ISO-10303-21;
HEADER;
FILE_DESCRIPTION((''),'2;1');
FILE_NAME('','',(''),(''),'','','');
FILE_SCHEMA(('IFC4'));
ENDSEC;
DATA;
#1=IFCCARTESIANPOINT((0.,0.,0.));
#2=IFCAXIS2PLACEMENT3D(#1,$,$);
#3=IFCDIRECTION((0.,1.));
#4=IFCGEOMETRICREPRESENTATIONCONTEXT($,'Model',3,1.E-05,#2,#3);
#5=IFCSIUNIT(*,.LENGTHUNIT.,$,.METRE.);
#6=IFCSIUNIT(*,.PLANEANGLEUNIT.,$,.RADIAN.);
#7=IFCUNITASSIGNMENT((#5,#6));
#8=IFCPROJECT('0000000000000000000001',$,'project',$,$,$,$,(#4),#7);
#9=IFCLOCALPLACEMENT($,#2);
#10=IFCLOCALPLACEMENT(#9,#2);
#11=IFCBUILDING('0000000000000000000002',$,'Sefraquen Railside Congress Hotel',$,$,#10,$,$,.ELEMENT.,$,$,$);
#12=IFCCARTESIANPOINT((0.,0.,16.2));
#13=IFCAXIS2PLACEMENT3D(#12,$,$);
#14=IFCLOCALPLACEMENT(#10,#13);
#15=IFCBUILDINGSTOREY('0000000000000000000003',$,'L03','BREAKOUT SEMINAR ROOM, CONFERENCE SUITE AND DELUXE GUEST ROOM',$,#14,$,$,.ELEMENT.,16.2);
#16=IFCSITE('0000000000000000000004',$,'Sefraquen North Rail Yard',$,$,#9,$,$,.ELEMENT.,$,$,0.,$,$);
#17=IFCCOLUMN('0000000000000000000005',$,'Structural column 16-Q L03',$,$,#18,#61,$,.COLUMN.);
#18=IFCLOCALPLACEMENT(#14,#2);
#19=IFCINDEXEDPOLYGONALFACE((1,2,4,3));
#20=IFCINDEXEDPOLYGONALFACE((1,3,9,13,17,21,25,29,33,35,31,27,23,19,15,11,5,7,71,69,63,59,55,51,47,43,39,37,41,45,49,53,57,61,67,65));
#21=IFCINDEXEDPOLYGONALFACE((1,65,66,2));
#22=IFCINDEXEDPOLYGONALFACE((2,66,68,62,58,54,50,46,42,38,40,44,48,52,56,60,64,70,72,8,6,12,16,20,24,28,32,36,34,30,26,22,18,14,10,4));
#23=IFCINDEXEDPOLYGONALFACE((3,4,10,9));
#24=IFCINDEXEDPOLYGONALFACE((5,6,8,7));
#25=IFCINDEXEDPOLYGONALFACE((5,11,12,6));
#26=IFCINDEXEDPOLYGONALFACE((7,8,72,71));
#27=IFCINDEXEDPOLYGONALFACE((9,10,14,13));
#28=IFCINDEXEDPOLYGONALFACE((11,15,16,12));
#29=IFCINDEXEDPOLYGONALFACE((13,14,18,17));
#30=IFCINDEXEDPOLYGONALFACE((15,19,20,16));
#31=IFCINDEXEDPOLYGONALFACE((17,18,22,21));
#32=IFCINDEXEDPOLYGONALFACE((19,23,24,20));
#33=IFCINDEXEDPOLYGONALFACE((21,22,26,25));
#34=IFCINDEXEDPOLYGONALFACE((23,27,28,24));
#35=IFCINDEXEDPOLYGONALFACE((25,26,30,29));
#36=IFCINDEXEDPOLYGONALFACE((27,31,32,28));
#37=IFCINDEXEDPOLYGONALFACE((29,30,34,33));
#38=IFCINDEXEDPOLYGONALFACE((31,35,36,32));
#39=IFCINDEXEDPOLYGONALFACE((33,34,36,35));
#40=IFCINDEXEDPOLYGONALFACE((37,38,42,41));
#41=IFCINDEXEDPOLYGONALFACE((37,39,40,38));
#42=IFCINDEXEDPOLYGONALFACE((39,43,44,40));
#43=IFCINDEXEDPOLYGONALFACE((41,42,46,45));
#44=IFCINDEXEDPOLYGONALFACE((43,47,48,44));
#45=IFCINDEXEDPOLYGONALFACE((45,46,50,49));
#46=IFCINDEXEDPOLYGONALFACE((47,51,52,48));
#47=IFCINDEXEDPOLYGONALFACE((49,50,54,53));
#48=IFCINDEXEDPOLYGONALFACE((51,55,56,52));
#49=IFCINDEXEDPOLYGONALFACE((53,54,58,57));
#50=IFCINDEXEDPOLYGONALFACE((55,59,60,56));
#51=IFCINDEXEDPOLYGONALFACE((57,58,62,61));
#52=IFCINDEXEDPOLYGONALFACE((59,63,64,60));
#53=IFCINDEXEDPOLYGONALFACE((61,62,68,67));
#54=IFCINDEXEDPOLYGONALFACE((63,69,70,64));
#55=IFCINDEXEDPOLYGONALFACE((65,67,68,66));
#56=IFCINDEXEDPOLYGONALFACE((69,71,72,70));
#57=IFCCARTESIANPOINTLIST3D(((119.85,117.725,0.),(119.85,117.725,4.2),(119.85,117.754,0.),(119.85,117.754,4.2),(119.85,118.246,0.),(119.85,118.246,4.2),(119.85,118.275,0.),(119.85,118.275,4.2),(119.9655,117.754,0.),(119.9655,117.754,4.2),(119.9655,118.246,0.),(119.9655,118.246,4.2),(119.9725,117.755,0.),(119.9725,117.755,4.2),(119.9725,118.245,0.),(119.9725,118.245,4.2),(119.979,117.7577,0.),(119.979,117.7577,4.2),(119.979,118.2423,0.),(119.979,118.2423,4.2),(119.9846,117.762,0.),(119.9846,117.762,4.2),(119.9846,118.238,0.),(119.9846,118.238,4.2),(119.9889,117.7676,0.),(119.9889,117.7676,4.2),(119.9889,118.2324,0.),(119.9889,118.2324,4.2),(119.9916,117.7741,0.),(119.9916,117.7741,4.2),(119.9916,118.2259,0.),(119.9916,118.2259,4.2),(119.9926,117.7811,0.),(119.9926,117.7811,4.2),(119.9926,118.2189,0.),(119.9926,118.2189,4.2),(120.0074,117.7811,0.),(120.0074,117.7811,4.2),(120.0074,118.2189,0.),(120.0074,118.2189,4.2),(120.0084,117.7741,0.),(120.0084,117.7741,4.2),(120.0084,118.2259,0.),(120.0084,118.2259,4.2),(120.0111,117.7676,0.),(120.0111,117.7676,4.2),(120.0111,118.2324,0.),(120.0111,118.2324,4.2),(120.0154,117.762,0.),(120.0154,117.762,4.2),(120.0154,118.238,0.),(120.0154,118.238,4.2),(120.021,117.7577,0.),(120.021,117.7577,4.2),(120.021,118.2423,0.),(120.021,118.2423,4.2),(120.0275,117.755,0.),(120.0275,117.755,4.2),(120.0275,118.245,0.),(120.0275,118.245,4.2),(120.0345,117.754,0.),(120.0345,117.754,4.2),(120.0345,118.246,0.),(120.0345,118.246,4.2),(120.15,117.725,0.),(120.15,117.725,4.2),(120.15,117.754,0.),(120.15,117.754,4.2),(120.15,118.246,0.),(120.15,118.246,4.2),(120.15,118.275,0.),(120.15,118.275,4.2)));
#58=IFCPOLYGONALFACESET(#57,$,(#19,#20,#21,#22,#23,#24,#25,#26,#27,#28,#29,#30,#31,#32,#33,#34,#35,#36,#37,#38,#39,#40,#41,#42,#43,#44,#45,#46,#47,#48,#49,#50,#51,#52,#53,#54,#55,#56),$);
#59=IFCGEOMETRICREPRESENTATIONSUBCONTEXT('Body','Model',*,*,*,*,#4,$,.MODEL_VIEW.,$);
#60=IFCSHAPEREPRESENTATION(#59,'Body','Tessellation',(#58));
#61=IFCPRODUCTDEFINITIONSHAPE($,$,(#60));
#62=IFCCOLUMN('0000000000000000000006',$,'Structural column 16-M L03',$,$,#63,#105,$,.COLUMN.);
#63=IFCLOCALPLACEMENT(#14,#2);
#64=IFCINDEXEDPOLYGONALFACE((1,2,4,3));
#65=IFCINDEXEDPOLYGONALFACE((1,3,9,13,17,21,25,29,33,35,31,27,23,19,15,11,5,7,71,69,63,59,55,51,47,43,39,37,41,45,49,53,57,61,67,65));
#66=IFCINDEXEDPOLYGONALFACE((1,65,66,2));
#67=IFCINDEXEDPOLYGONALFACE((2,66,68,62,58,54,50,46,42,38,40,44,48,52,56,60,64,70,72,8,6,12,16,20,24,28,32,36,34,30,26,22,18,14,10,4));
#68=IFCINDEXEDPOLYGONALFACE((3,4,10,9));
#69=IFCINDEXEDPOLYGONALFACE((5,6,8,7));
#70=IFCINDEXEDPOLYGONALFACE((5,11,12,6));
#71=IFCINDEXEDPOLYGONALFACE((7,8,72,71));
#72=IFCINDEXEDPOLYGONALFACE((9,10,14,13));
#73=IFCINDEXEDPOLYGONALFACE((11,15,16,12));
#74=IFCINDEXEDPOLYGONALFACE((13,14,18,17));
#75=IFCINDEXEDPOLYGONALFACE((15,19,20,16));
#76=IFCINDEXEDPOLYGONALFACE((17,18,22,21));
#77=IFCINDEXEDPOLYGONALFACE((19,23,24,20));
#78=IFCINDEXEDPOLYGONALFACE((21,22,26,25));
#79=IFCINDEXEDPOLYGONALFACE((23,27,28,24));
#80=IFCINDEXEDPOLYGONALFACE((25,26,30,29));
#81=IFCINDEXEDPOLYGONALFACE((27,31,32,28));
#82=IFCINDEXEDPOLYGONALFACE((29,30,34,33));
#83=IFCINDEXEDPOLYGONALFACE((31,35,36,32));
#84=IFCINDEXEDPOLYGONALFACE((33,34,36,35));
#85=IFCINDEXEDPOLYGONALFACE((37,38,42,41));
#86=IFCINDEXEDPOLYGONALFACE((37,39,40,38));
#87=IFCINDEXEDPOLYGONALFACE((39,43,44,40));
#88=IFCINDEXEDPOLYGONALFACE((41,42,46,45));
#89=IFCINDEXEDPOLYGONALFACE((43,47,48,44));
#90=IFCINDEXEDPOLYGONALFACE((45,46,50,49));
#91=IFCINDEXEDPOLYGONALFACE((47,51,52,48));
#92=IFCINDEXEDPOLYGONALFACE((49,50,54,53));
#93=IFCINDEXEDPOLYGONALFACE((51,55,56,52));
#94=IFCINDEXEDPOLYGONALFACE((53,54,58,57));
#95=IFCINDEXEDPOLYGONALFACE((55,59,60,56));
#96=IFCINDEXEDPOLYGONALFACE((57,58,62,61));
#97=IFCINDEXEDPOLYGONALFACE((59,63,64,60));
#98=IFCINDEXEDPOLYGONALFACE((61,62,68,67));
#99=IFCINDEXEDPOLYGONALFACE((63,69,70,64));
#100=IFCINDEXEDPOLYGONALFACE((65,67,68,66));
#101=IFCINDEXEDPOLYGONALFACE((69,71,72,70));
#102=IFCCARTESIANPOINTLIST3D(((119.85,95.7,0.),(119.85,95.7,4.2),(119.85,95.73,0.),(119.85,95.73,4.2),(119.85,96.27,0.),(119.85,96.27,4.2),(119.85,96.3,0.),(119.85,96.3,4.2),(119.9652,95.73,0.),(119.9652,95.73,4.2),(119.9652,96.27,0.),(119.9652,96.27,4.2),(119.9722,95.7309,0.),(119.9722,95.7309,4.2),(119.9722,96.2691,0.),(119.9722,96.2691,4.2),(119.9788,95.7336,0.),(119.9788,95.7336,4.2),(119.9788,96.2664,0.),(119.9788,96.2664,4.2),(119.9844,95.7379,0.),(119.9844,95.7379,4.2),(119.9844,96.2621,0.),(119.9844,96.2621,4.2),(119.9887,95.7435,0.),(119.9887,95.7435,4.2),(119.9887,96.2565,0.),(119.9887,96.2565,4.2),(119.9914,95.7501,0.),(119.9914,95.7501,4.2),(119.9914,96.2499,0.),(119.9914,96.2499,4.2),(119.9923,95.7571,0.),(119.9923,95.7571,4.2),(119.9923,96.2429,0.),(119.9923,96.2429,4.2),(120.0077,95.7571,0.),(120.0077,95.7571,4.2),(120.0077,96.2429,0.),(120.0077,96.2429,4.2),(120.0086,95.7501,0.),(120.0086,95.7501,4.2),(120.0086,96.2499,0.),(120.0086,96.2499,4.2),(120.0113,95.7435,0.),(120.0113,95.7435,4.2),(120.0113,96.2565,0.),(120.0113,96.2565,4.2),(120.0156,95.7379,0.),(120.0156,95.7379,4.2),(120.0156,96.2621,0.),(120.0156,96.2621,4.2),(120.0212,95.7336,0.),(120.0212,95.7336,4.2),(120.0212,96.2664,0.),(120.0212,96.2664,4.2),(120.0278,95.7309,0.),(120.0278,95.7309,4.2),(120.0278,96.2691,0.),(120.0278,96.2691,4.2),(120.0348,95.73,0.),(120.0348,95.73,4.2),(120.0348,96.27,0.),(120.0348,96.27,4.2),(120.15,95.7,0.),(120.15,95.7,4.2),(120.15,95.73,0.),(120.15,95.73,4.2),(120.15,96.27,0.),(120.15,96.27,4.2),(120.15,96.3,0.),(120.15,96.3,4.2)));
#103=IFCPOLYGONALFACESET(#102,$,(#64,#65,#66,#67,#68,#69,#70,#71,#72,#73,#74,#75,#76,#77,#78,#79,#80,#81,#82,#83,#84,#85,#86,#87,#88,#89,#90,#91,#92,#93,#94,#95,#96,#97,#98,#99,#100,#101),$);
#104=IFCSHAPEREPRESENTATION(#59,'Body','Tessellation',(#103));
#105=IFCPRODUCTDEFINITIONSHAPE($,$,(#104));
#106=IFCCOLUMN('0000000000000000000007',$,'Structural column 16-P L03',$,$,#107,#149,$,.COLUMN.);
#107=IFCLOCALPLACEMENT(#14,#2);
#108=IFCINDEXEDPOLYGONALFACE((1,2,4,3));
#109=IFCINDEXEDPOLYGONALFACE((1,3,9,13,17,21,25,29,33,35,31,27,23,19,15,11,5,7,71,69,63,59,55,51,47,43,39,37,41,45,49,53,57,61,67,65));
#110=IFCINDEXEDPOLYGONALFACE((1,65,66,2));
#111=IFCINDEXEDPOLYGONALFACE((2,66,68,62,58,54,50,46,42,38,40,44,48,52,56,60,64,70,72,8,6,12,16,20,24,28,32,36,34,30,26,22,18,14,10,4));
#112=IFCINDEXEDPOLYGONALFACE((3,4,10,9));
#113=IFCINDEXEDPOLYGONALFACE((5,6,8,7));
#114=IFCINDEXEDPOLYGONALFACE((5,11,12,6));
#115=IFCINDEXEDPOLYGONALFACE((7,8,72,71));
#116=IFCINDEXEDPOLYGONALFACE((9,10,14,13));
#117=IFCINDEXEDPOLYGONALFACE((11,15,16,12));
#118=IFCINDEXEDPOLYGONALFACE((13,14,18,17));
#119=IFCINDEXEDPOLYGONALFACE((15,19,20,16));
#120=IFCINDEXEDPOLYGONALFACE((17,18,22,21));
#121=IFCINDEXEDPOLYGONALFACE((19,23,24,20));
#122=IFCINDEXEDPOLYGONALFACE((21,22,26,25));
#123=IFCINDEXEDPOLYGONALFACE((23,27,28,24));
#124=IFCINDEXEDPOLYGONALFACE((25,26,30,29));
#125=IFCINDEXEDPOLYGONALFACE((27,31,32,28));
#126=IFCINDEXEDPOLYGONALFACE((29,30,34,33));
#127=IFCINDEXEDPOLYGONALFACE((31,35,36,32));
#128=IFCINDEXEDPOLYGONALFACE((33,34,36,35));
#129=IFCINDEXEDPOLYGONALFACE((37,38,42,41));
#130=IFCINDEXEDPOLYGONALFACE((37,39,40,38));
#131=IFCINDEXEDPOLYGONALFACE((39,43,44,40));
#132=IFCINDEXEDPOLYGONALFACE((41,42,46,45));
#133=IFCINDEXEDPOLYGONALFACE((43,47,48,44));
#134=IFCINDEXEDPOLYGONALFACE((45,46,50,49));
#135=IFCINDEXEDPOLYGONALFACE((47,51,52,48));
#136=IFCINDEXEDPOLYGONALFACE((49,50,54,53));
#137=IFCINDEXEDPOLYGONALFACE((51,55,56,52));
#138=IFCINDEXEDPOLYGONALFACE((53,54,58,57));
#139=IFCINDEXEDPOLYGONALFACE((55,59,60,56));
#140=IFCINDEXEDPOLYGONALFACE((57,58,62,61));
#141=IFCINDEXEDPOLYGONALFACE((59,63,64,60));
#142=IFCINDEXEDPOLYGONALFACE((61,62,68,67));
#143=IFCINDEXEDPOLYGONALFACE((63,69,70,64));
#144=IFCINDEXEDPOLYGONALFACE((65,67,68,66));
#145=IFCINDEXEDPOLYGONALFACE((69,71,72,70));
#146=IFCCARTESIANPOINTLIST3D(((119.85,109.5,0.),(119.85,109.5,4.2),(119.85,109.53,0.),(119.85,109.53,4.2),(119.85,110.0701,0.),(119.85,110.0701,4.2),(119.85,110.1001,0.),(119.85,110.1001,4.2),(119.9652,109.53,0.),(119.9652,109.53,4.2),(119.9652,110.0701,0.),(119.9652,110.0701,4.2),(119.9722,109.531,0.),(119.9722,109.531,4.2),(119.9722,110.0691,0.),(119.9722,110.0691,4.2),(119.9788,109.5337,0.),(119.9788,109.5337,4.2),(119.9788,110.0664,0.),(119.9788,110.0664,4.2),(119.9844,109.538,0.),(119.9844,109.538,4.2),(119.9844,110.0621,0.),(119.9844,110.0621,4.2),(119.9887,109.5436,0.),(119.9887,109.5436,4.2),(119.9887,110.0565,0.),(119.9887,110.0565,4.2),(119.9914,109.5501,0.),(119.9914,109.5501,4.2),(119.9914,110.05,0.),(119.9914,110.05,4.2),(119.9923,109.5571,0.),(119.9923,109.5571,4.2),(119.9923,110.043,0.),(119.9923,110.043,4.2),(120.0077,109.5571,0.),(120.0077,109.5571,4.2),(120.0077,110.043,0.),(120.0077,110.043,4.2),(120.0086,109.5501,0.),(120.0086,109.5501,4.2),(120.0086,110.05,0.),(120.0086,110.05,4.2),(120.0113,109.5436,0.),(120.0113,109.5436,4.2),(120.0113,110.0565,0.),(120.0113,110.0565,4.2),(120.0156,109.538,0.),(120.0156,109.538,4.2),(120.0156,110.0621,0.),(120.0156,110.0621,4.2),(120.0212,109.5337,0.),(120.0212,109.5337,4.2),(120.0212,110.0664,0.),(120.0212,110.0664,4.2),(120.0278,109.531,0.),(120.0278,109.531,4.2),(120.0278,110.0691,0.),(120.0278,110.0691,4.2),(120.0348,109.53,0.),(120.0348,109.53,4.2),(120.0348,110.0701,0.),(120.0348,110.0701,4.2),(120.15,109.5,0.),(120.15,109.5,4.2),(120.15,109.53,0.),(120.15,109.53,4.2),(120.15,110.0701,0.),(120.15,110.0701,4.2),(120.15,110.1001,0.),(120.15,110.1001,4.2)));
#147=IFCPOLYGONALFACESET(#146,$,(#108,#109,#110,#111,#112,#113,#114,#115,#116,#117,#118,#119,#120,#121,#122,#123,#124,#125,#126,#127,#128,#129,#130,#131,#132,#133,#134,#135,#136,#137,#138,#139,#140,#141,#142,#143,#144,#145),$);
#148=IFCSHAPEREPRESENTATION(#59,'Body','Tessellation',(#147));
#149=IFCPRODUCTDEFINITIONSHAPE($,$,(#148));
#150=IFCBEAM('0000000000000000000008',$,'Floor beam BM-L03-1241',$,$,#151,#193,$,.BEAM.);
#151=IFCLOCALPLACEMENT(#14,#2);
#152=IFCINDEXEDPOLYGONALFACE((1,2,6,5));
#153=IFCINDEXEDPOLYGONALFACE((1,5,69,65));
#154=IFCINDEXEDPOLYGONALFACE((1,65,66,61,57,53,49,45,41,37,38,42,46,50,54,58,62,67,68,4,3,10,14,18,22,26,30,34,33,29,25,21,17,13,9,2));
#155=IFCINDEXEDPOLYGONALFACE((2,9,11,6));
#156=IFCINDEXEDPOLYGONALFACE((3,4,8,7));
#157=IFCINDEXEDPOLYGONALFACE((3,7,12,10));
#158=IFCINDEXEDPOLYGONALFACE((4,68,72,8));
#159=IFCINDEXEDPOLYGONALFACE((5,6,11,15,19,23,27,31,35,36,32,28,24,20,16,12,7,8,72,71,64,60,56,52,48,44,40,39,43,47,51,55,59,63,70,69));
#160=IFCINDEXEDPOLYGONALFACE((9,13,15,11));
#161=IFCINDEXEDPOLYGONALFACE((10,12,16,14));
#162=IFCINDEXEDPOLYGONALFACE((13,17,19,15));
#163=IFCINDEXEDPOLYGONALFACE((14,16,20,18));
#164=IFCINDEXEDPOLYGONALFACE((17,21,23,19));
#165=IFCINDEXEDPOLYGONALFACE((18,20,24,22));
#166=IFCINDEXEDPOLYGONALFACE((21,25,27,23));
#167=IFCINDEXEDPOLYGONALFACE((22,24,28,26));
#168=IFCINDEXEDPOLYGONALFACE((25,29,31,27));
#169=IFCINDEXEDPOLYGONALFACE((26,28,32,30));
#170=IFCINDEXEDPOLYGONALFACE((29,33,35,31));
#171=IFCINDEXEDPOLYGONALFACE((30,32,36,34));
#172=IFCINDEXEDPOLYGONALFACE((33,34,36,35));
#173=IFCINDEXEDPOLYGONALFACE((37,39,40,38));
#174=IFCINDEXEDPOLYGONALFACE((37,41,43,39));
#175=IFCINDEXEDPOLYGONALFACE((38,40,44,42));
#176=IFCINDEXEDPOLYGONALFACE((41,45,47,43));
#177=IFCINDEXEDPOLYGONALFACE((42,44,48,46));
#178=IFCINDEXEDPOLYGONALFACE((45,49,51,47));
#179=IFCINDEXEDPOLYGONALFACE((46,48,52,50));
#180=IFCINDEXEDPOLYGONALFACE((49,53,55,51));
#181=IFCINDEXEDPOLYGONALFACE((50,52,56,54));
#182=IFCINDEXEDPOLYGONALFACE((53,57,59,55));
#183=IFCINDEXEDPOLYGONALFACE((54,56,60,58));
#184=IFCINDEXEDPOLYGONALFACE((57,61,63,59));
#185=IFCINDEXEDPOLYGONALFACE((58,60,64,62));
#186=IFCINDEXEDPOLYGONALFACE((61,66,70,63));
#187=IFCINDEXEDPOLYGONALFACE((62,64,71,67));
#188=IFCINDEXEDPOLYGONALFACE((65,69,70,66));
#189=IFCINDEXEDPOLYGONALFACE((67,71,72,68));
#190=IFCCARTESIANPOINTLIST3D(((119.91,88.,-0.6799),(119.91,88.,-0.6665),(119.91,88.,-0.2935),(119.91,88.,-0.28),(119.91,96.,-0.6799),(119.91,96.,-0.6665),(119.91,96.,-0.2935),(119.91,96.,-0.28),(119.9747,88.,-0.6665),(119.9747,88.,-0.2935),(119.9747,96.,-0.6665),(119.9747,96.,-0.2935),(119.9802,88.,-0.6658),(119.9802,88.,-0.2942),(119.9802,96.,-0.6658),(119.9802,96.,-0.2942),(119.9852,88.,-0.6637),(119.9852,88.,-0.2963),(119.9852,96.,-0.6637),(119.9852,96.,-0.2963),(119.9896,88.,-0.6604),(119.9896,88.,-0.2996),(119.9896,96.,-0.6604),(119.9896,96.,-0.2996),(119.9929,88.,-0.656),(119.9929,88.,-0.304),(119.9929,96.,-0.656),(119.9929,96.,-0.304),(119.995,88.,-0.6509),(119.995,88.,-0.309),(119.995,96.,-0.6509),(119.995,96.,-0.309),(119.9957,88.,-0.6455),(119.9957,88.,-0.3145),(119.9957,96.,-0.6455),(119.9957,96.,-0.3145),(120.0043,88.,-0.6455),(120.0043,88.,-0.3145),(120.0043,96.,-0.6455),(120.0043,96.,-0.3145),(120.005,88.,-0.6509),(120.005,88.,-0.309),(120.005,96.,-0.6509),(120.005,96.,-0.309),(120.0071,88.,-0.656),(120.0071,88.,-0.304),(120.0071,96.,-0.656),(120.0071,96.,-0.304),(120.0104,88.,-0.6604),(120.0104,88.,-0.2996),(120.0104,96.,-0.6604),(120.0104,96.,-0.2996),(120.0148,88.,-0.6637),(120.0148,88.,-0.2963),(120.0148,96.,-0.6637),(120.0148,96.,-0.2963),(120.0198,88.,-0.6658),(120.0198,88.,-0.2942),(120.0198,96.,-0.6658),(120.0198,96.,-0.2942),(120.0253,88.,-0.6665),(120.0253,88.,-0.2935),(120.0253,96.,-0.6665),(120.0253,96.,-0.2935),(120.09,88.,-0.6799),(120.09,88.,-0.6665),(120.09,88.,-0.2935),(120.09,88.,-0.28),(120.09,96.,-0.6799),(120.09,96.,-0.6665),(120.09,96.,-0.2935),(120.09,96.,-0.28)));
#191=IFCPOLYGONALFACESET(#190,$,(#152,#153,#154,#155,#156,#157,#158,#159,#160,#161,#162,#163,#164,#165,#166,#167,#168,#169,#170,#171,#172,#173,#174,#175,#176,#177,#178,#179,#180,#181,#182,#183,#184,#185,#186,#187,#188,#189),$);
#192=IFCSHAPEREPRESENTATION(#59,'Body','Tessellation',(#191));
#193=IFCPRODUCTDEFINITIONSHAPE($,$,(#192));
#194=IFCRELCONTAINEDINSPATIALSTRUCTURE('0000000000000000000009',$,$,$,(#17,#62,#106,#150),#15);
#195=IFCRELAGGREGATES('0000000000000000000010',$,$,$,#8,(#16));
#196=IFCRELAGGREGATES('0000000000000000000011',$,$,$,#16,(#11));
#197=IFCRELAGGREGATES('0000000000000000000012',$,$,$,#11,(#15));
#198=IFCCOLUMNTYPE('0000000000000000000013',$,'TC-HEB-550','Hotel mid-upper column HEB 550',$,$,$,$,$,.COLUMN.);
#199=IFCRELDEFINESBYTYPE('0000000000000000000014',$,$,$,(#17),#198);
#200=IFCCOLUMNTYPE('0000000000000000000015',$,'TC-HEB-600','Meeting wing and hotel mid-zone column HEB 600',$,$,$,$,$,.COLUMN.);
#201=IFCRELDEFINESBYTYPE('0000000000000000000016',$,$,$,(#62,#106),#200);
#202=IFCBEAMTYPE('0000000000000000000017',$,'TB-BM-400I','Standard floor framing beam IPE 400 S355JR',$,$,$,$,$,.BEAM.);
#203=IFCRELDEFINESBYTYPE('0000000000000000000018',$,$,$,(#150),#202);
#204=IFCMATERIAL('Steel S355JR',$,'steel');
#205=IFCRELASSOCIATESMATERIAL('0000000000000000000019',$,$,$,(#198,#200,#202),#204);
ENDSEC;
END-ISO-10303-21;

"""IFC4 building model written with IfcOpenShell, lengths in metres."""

from ifc_helpers import new_model, si_unit, direction, frame, origin, origin_2d, place, context, subcontext, project, spatial, i_section, extrude, material, material_profile, profile_set, type_object, element, save


model = new_model("IFC4")

# Units and contexts
model_context = context("Model", 3, precision=1e-05, world=origin(), true_north=direction((0.0, 1.0)))
body_context = subcontext(model_context, "Body", "Model", "MODEL_VIEW")
ifc_project = project(units=[si_unit("LENGTHUNIT", "METRE"), si_unit("PLANEANGLEUNIT", "RADIAN")], contexts=[model_context])

# Site, building, storey
site_placement = place(None, origin())
site = spatial("IfcSite", under=ifc_project, at=site_placement, Name="Sefraquen North Rail Yard", CompositionType="ELEMENT", RefElevation=0.0)
building_placement = place(site_placement, origin())
building = spatial("IfcBuilding", under=site, at=building_placement, Name="Sefraquen Railside Congress Hotel", CompositionType="ELEMENT")
storey_placement = place(building_placement, frame((0.0, 0.0, 16.2)))
storey = spatial("IfcBuildingStorey", under=building, at=storey_placement, Name="L03", Description="BREAKOUT SEMINAR ROOM, CONFERENCE SUITE AND DELUXE GUEST ROOM", CompositionType="ELEMENT", Elevation=16.2)

# Columns
ifc_material_1 = material(Name="Steel S355JR", Category="steel")
ifc_material_profile_1 = material_profile(ifc_material_1, i_section(OverallWidth=0.3, OverallDepth=0.55, WebThickness=0.0149, FlangeThickness=0.0291, FilletRadius=0.0271, at=origin_2d()), Name="HEB 550")
ifc_profile_set_1 = profile_set([ifc_material_profile_1], Name="Steel S355JR")
column_type_1 = type_object("IfcColumnType", Name="TC-HEB-550", Description="Hotel mid-upper column HEB 550", PredefinedType="COLUMN", material=ifc_profile_set_1)
for number, where, z_axis, x_axis, name in (
    (1, (120.0, 118.0, 0.0), (0.0, 0.0, 1.0), (1.0, 0.0, 0.0), "Structural column 16-Q L03"),
):
    element("IfcColumn", number, at=place(storey_placement, frame(where, z_axis=z_axis, x_axis=x_axis)), inside=storey, type_object=column_type_1, Name=name, PredefinedType="COLUMN", context=body_context, shape_type="SweptSolid", body=[
        extrude(i_section(OverallWidth=0.3, OverallDepth=0.55, WebThickness=0.0149, FlangeThickness=0.0291, FilletRadius=0.0271, at=origin_2d()), origin(), (0.0, 0.0, 1.0), 4.2),
    ])
ifc_material_profile_2 = material_profile(ifc_material_1, i_section(OverallWidth=0.3, OverallDepth=0.6001, WebThickness=0.0154, FlangeThickness=0.03, FilletRadius=0.0271, at=origin_2d()), Name="HEB 600")
ifc_profile_set_2 = profile_set([ifc_material_profile_2], Name="Steel S355JR")
column_type_2 = type_object("IfcColumnType", Name="TC-HEB-600", Description="Meeting wing and hotel mid-zone column HEB 600", PredefinedType="COLUMN", material=ifc_profile_set_2)
for number, where, z_axis, x_axis, name in (
    (2, (120.0, 96.0, 0.0), (0.0, 0.0, 1.0), (1.0, 0.0, 0.0), "Structural column 16-M L03"),
    (3, (120.0, 109.8, 0.0), (0.0, 0.0, 1.0), (1.0, 0.0, 0.0), "Structural column 16-P L03"),
):
    element("IfcColumn", number, at=place(storey_placement, frame(where, z_axis=z_axis, x_axis=x_axis)), inside=storey, type_object=column_type_2, Name=name, PredefinedType="COLUMN", context=body_context, shape_type="SweptSolid", body=[
        extrude(i_section(OverallWidth=0.3, OverallDepth=0.6001, WebThickness=0.0154, FlangeThickness=0.03, FilletRadius=0.0271, at=origin_2d()), origin(), (0.0, 0.0, 1.0), 4.2),
    ])

# Beam
ifc_material_profile_3 = material_profile(ifc_material_1, i_section(OverallWidth=0.1799, OverallDepth=0.3999, WebThickness=0.0085, FlangeThickness=0.0134, FilletRadius=0.021, at=origin_2d()), Name="IPE 400")
ifc_profile_set_3 = profile_set([ifc_material_profile_3], Name="Steel S355JR")
beam_type_1 = type_object("IfcBeamType", Name="TB-BM-400I", Description="Standard floor framing beam IPE 400 S355JR", PredefinedType="BEAM", material=ifc_profile_set_3)
beam_1_placement = place(storey_placement, frame((120.0, 88.0, -0.48), z_axis=(0.0, 1.0, 0.0), x_axis=(-1.0, 0.0, 0.0)))
element("IfcBeam", 4, at=beam_1_placement, inside=storey, type_object=beam_type_1, Name="Floor beam BM-L03-1241", PredefinedType="BEAM", context=body_context, shape_type="SweptSolid", body=[
    extrude(i_section(OverallWidth=0.1799, OverallDepth=0.3999, WebThickness=0.0085, FlangeThickness=0.0134, FilletRadius=0.021, at=origin_2d()), origin(), (0.0, 0.0, 1.0), 8.0),
])

save(model, "model.ifc")
